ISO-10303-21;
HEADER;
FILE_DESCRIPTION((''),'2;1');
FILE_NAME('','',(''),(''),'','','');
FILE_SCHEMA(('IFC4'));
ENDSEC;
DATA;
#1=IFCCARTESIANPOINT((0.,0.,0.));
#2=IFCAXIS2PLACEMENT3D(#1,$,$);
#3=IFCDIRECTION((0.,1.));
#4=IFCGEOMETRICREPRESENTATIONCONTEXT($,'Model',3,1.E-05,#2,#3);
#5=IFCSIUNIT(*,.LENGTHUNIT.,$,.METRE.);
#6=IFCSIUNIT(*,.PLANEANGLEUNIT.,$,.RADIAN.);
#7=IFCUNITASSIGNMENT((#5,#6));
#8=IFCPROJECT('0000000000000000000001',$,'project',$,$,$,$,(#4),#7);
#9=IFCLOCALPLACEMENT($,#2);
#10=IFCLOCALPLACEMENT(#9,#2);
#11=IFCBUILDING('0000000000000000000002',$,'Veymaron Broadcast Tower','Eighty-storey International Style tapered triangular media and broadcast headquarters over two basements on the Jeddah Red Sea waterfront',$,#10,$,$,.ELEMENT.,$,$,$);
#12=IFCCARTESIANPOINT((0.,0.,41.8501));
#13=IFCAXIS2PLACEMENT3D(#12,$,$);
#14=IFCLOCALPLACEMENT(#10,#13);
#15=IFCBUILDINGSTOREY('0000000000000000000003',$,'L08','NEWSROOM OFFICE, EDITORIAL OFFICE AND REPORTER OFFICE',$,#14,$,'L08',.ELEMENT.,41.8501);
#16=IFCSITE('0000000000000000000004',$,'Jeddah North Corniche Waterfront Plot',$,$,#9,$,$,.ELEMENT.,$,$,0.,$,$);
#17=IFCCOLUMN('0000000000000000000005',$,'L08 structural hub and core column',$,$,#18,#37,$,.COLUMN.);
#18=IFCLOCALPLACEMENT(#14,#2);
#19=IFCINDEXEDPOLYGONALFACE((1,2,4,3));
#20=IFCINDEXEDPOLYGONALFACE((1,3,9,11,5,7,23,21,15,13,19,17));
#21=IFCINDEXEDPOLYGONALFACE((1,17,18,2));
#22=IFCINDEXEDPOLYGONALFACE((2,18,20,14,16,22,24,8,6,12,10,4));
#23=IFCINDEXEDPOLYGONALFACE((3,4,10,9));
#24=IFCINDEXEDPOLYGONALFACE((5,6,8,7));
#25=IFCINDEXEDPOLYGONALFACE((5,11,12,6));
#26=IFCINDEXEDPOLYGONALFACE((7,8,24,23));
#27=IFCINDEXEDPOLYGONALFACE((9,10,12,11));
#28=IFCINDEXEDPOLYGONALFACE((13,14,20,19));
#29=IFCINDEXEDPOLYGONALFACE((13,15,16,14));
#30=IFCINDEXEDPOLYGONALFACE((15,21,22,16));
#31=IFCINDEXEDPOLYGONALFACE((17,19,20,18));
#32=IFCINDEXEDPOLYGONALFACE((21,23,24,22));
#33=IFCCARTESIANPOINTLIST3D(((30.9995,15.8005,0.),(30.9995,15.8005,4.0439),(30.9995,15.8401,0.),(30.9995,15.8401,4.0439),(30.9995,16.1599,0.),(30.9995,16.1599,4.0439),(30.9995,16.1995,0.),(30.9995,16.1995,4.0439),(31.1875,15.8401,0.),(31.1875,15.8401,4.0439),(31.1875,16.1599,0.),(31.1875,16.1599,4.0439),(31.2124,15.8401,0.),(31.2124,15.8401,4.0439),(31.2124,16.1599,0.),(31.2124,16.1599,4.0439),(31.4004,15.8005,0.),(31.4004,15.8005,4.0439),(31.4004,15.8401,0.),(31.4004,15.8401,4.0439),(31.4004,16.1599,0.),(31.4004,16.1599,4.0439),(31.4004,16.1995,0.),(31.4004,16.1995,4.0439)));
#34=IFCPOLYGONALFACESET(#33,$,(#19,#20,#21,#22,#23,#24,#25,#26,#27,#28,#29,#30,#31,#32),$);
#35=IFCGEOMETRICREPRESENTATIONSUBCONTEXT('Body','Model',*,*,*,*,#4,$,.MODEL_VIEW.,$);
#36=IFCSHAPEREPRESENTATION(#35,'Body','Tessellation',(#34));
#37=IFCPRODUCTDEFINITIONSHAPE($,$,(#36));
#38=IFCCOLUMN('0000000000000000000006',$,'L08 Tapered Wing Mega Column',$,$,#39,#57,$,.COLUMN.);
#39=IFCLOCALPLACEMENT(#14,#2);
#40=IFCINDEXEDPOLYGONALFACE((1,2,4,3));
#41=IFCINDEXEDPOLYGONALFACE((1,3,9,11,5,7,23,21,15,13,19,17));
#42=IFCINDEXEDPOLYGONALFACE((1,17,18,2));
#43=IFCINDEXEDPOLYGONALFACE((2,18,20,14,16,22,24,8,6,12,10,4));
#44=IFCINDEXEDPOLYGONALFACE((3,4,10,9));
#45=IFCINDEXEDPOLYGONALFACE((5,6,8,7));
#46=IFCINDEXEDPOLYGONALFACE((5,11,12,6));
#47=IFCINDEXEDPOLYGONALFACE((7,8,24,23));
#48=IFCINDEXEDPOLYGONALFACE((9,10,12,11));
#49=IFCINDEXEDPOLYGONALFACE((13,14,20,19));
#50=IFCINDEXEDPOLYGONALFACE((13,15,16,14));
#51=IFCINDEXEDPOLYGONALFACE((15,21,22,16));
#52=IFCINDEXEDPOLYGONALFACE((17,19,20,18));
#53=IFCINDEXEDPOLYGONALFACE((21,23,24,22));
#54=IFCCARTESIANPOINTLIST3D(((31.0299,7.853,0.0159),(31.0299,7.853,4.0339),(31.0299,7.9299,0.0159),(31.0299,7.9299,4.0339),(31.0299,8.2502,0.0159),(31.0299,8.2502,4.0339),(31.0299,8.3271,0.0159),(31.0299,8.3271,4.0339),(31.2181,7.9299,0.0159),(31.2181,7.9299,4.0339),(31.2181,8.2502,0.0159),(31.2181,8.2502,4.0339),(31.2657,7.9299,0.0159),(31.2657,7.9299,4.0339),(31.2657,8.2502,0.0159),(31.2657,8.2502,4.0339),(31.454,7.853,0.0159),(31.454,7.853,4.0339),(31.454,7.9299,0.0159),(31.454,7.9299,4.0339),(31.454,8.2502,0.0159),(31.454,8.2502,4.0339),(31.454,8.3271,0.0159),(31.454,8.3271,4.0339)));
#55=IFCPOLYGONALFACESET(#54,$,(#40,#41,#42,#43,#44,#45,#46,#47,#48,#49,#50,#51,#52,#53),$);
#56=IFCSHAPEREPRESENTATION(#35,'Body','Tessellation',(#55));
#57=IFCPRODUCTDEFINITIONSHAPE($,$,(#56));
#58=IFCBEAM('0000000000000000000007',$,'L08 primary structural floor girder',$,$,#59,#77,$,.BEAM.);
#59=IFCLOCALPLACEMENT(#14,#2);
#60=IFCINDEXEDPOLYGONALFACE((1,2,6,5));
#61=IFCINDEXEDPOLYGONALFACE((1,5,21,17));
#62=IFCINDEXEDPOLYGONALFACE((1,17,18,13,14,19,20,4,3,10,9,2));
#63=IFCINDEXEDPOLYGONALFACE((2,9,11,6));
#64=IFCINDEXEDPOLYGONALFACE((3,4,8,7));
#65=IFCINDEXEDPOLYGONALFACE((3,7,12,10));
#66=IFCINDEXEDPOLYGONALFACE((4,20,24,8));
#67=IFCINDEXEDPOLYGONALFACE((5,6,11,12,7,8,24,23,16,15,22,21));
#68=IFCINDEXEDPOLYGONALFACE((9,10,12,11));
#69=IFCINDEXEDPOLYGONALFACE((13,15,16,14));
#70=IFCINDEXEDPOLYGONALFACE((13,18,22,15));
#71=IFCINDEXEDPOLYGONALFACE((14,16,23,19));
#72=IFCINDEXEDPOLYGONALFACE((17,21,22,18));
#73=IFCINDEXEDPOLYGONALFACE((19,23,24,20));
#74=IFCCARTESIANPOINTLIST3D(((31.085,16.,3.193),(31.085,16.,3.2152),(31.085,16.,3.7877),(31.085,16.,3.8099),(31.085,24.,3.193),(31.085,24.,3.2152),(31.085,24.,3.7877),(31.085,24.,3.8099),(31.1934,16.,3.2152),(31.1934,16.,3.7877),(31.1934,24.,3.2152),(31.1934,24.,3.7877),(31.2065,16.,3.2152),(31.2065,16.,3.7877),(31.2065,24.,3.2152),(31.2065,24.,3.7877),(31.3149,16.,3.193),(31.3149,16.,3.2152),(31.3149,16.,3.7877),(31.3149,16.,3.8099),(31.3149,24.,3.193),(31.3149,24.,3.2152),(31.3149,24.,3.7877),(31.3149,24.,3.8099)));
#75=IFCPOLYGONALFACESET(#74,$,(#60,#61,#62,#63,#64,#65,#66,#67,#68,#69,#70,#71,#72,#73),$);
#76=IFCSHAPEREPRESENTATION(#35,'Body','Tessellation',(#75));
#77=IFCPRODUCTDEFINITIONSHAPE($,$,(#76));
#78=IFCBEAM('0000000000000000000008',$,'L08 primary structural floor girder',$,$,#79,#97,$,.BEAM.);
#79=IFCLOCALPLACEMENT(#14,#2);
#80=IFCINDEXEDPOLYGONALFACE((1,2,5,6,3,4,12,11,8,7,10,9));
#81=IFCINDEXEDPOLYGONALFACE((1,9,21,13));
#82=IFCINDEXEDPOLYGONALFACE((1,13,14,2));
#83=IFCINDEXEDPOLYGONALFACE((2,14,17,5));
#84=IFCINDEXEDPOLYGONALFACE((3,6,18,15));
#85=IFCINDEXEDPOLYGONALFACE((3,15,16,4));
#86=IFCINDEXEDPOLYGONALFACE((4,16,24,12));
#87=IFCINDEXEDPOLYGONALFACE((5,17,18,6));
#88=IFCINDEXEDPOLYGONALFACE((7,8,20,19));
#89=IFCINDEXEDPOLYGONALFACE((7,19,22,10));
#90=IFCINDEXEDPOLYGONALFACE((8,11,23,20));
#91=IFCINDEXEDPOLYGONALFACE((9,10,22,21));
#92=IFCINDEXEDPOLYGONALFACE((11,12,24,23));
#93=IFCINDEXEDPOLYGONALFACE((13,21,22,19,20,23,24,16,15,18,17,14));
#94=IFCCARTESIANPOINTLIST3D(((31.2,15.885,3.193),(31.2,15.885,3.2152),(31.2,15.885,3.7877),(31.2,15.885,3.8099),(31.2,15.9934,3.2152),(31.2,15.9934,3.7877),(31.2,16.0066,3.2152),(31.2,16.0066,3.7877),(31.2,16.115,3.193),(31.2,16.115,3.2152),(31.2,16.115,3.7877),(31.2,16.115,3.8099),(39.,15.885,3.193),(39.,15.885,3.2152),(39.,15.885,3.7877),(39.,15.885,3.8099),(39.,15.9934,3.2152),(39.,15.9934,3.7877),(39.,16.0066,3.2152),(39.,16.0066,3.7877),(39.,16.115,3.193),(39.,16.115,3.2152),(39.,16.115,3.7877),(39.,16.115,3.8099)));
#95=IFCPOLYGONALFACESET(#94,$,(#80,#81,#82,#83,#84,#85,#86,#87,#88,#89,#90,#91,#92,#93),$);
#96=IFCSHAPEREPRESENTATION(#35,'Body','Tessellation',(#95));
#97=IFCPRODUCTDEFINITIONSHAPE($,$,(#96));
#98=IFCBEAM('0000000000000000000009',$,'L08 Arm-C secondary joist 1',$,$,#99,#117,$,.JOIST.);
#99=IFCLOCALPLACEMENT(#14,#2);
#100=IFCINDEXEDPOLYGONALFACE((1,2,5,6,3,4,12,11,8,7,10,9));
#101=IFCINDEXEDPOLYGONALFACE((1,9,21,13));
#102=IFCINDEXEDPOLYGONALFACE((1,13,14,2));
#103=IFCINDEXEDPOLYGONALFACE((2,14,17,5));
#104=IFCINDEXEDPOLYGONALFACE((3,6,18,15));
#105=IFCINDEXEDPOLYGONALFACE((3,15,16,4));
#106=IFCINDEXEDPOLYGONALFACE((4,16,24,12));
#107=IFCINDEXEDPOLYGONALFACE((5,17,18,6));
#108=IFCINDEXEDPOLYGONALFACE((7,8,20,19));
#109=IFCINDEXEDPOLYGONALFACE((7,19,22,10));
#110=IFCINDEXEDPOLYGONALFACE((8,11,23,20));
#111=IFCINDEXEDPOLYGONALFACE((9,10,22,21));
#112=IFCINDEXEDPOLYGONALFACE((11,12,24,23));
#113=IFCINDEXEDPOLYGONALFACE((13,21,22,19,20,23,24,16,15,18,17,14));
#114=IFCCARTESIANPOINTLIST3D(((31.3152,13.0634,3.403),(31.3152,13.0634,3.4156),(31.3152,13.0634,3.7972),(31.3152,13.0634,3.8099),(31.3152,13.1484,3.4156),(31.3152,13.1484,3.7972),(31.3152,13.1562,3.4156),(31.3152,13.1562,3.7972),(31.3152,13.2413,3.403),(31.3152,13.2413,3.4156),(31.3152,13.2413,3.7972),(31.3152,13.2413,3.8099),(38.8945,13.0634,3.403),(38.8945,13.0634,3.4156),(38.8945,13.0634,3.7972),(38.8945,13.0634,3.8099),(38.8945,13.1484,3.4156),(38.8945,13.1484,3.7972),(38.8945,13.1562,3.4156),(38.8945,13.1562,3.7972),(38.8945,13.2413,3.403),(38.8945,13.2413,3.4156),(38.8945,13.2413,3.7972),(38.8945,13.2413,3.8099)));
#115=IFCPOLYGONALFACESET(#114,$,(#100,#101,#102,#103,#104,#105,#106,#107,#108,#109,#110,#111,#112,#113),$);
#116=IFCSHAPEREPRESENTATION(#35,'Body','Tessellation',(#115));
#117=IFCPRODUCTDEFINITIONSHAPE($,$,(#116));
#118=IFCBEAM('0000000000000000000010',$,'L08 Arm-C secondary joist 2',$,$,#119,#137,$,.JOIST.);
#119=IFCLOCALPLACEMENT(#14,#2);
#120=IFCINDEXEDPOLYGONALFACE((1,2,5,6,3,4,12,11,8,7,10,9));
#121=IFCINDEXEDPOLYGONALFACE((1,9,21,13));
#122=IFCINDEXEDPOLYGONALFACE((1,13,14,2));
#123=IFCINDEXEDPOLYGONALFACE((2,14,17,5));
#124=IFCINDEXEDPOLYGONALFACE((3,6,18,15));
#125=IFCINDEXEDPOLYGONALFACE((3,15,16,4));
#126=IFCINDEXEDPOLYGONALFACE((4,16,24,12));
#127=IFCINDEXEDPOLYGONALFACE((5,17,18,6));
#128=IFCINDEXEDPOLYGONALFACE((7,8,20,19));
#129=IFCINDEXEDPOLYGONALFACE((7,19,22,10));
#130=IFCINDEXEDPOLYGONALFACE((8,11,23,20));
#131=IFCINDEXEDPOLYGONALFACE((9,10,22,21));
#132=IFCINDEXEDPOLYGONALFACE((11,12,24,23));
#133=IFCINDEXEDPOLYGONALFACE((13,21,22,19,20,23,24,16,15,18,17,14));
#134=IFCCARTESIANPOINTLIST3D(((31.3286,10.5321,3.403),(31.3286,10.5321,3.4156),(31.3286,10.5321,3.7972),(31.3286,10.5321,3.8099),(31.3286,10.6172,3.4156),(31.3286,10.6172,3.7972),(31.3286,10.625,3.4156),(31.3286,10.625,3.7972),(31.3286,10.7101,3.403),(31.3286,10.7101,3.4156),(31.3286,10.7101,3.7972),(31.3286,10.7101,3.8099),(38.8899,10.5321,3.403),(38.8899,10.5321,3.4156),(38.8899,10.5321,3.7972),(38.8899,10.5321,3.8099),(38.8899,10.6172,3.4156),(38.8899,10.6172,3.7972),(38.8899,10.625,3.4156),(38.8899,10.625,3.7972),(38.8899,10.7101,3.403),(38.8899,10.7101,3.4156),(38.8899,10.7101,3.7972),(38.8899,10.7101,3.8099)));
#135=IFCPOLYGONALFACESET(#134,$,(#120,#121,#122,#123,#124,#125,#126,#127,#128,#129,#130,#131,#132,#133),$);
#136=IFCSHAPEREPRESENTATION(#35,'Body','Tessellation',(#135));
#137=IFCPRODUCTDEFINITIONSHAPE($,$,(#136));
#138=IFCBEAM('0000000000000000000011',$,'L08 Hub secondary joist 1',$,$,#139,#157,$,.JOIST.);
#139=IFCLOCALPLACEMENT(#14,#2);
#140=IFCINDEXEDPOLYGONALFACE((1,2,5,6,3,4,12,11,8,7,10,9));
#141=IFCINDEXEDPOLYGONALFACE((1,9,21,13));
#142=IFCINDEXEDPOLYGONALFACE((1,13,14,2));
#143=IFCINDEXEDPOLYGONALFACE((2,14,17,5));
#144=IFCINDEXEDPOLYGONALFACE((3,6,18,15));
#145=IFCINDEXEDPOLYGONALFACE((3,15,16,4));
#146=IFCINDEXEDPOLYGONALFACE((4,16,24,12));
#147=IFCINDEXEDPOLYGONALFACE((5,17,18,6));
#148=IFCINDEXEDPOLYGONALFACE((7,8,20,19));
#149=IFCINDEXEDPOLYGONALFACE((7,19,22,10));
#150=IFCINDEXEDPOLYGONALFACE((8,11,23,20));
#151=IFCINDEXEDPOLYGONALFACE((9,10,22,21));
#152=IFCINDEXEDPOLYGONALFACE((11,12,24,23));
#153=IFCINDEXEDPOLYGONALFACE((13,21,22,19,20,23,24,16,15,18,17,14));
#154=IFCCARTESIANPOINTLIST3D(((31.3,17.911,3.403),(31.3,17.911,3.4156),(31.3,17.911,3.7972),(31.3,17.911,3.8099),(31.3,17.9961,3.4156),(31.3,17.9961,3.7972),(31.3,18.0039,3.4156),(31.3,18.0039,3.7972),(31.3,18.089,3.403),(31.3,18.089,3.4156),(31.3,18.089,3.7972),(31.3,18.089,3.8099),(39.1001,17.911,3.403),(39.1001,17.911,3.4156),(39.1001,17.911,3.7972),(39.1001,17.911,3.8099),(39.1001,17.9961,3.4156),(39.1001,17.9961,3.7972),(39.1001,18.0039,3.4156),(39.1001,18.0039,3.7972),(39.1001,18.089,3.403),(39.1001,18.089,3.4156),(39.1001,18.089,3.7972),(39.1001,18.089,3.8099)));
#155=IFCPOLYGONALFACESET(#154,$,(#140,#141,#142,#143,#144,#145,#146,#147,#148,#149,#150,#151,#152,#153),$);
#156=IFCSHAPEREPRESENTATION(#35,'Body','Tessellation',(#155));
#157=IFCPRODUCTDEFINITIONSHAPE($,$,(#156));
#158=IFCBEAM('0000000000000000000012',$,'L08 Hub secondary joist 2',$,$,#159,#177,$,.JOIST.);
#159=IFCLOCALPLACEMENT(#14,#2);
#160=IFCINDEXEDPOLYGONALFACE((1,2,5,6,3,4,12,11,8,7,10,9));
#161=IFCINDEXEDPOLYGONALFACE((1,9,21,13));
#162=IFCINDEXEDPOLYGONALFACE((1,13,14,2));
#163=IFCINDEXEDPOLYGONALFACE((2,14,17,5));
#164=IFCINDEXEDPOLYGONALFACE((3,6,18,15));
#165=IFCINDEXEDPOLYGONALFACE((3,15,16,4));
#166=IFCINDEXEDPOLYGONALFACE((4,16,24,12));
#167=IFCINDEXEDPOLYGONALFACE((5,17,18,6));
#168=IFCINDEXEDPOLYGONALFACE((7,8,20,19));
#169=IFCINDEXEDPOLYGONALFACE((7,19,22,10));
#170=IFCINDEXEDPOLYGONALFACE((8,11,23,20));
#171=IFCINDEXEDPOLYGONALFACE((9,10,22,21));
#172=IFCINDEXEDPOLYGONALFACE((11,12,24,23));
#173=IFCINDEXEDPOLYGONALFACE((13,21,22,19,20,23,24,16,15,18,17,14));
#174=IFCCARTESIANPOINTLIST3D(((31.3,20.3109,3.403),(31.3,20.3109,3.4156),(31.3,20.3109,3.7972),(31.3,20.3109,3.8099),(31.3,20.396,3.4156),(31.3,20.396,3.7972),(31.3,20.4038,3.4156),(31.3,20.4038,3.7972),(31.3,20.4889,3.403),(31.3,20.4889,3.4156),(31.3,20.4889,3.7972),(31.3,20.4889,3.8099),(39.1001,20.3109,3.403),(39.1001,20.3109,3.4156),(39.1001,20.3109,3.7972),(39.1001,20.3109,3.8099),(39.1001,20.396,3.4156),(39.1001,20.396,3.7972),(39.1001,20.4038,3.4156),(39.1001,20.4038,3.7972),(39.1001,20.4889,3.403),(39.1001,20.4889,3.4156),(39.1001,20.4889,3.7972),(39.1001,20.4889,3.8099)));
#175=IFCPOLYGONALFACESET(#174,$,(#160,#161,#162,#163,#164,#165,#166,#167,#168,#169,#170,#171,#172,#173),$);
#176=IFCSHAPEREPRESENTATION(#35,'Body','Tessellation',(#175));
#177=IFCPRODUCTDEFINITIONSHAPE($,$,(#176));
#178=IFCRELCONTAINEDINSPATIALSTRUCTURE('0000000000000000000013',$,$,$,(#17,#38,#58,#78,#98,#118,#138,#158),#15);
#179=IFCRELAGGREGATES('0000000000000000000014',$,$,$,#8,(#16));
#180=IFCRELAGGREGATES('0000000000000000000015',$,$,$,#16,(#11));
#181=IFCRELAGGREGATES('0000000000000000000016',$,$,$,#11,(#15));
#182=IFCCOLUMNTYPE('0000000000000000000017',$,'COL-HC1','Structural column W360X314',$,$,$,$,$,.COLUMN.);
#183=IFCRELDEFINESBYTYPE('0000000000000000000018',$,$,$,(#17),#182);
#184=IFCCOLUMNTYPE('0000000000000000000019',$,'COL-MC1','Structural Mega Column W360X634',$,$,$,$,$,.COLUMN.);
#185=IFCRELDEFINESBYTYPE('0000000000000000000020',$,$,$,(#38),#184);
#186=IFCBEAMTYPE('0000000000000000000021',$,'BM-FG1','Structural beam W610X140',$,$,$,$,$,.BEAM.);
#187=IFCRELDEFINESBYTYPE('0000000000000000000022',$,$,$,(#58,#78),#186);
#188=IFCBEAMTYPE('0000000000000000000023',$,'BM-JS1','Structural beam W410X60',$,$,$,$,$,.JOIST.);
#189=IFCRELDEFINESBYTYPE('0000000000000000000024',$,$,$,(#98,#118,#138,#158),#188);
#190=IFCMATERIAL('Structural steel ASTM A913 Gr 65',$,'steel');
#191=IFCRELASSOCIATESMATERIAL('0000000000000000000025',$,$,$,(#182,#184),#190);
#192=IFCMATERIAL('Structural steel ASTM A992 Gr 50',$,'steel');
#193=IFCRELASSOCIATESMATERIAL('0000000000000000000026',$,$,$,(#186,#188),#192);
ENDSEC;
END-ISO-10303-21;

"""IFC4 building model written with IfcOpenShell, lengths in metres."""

from ifc_helpers import new_model, si_unit, direction, frame, origin, origin_2d, place, context, subcontext, project, spatial, i_section, extrude, material, material_profile, profile_set, type_object, element, save


model = new_model("IFC4")

# Units and contexts
model_context = context("Model", 3, precision=1e-05, world=origin(), true_north=direction((0.0, 1.0)))
body_context = subcontext(model_context, "Body", "Model", "MODEL_VIEW")
ifc_project = project(units=[si_unit("LENGTHUNIT", "METRE"), si_unit("PLANEANGLEUNIT", "RADIAN")], contexts=[model_context])

# Site, building, storey
site_placement = place(None, origin())
site = spatial("IfcSite", under=ifc_project, at=site_placement, Name="Jeddah North Corniche Waterfront Plot", CompositionType="ELEMENT", RefElevation=0.0)
building_placement = place(site_placement, origin())
building = spatial("IfcBuilding", under=site, at=building_placement, Name="Veymaron Broadcast Tower", Description="Eighty-storey International Style tapered triangular media and broadcast headquarters over two basements on the Jeddah Red Sea waterfront", CompositionType="ELEMENT")
storey_placement = place(building_placement, frame((0.0, 0.0, 41.8501)))
storey = spatial("IfcBuildingStorey", under=building, at=storey_placement, Name="L08", Description="NEWSROOM OFFICE, EDITORIAL OFFICE AND REPORTER OFFICE", LongName="L08", CompositionType="ELEMENT", Elevation=41.8501)

# Columns
ifc_material_1 = material(Name="Structural steel ASTM A913 Gr 65", Category="steel")
ifc_material_profile_1 = material_profile(ifc_material_1, i_section(OverallWidth=0.4009, OverallDepth=0.3989, WebThickness=0.0249, FlangeThickness=0.0396, at=origin_2d()), Name="W360X314")
ifc_profile_set_1 = profile_set([ifc_material_profile_1], Name="Structural steel ASTM A913 Gr 65")
column_type_1 = type_object("IfcColumnType", Name="COL-HC1", Description="Structural column W360X314", PredefinedType="COLUMN", material=ifc_profile_set_1)
column_1_placement = place(storey_placement, frame((31.2, 16.0, 0.0), z_axis=(0.0, 0.0, 1.0), x_axis=(1.0, 0.0, 0.0)))
element("IfcColumn", 1, at=column_1_placement, inside=storey, type_object=column_type_1, Name="L08 structural hub and core column", PredefinedType="COLUMN", context=body_context, shape_type="SweptSolid", body=[
    extrude(i_section(OverallWidth=0.4009, OverallDepth=0.3989, WebThickness=0.0249, FlangeThickness=0.0396, at=origin_2d()), origin(), (0.0, 0.0, 1.0), 4.0439),
])
ifc_material_profile_2 = material_profile(ifc_material_1, i_section(OverallWidth=0.4241, OverallDepth=0.4741, WebThickness=0.0476, FlangeThickness=0.0769, at=origin_2d()), Name="W360X634")
ifc_profile_set_2 = profile_set([ifc_material_profile_2], Name="Structural steel ASTM A913 Gr 65")
column_type_2 = type_object("IfcColumnType", Name="COL-MC1", Description="Structural Mega Column W360X634", PredefinedType="COLUMN", material=ifc_profile_set_2)
column_2_placement = place(storey_placement, frame((31.2419, 8.0901, 0.0159), z_axis=(0.0, 0.0, 1.0), x_axis=(1.0, 0.0, 0.0)))
element("IfcColumn", 2, at=column_2_placement, inside=storey, type_object=column_type_2, Name="L08 Tapered Wing Mega Column", PredefinedType="COLUMN", context=body_context, shape_type="SweptSolid", body=[
    extrude(i_section(OverallWidth=0.4241, OverallDepth=0.4741, WebThickness=0.0476, FlangeThickness=0.0769, at=origin_2d()), origin(), (0.0, 0.0, 1.0), 4.0181),
])

# Beams
ifc_material_2 = material(Name="Structural steel ASTM A992 Gr 50", Category="steel")
ifc_material_profile_3 = material_profile(ifc_material_2, i_section(OverallWidth=0.23, OverallDepth=0.6169, WebThickness=0.0132, FlangeThickness=0.0222, at=origin_2d()), Name="W610X140")
ifc_profile_set_3 = profile_set([ifc_material_profile_3], Name="Structural steel ASTM A992 Gr 50")
beam_type_1 = type_object("IfcBeamType", Name="BM-FG1", Description="Structural beam W610X140", PredefinedType="BEAM", material=ifc_profile_set_3)
beam_1_placement = place(storey_placement, frame((31.2, 16.0, 3.5015), z_axis=(0.0, 1.0, 0.0), x_axis=(-1.0, 0.0, 0.0)))
element("IfcBeam", 3, at=beam_1_placement, inside=storey, type_object=beam_type_1, Name="L08 primary structural floor girder", PredefinedType="BEAM", context=body_context, shape_type="SweptSolid", body=[
    extrude(i_section(OverallWidth=0.23, OverallDepth=0.6169, WebThickness=0.0132, FlangeThickness=0.0222, at=origin_2d()), origin(), (0.0, 0.0, 1.0), 8.0),
])
beam_2_placement = place(storey_placement, frame((31.2, 16.0, 3.5015), z_axis=(1.0, 0.0, 0.0), x_axis=(0.0, 1.0, 0.0)))
element("IfcBeam", 4, at=beam_2_placement, inside=storey, type_object=beam_type_1, Name="L08 primary structural floor girder", PredefinedType="BEAM", context=body_context, shape_type="SweptSolid", body=[
    extrude(i_section(OverallWidth=0.23, OverallDepth=0.6169, WebThickness=0.0132, FlangeThickness=0.0222, at=origin_2d()), origin(), (0.0, 0.0, 1.0), 7.8),
])
ifc_material_profile_4 = material_profile(ifc_material_2, i_section(OverallWidth=0.178, OverallDepth=0.407, WebThickness=0.0078, FlangeThickness=0.0127, at=origin_2d()), Name="W410X60")
ifc_profile_set_4 = profile_set([ifc_material_profile_4], Name="Structural steel ASTM A992 Gr 50")
beam_type_2 = type_object("IfcBeamType", Name="BM-JS1", Description="Structural beam W410X60", PredefinedType="JOIST", material=ifc_profile_set_4)
beam_3_placement = place(storey_placement, frame((31.3152, 13.1523, 3.6064), z_axis=(1.0, 0.0, 0.0), x_axis=(0.0, 1.0, 0.0)))
element("IfcBeam", 5, at=beam_3_placement, inside=storey, type_object=beam_type_2, Name="L08 Arm-C secondary joist 1", PredefinedType="JOIST", context=body_context, shape_type="SweptSolid", body=[
    extrude(i_section(OverallWidth=0.178, OverallDepth=0.407, WebThickness=0.0078, FlangeThickness=0.0127, at=origin_2d()), origin(), (0.0, 0.0, 1.0), 7.5793),
])
beam_4_placement = place(storey_placement, frame((31.3286, 10.6211, 3.6064), z_axis=(1.0, 0.0, 0.0), x_axis=(0.0, 1.0, 0.0)))
element("IfcBeam", 6, at=beam_4_placement, inside=storey, type_object=beam_type_2, Name="L08 Arm-C secondary joist 2", PredefinedType="JOIST", context=body_context, shape_type="SweptSolid", body=[
    extrude(i_section(OverallWidth=0.178, OverallDepth=0.407, WebThickness=0.0078, FlangeThickness=0.0127, at=origin_2d()), origin(), (0.0, 0.0, 1.0), 7.5613),
])
for number, where, z_axis, x_axis, name in (
    (7, (31.3, 18.0, 3.6064), (1.0, 0.0, 0.0), (0.0, 1.0, 0.0), "L08 Hub secondary joist 1"),
    (8, (31.3, 20.3999, 3.6064), (1.0, 0.0, 0.0), (0.0, 1.0, 0.0), "L08 Hub secondary joist 2"),
):
    element("IfcBeam", number, at=place(storey_placement, frame(where, z_axis=z_axis, x_axis=x_axis)), inside=storey, type_object=beam_type_2, Name=name, PredefinedType="JOIST", context=body_context, shape_type="SweptSolid", body=[
        extrude(i_section(OverallWidth=0.178, OverallDepth=0.407, WebThickness=0.0078, FlangeThickness=0.0127, at=origin_2d()), origin(), (0.0, 0.0, 1.0), 7.8),
    ])

save(model, "model.ifc")
